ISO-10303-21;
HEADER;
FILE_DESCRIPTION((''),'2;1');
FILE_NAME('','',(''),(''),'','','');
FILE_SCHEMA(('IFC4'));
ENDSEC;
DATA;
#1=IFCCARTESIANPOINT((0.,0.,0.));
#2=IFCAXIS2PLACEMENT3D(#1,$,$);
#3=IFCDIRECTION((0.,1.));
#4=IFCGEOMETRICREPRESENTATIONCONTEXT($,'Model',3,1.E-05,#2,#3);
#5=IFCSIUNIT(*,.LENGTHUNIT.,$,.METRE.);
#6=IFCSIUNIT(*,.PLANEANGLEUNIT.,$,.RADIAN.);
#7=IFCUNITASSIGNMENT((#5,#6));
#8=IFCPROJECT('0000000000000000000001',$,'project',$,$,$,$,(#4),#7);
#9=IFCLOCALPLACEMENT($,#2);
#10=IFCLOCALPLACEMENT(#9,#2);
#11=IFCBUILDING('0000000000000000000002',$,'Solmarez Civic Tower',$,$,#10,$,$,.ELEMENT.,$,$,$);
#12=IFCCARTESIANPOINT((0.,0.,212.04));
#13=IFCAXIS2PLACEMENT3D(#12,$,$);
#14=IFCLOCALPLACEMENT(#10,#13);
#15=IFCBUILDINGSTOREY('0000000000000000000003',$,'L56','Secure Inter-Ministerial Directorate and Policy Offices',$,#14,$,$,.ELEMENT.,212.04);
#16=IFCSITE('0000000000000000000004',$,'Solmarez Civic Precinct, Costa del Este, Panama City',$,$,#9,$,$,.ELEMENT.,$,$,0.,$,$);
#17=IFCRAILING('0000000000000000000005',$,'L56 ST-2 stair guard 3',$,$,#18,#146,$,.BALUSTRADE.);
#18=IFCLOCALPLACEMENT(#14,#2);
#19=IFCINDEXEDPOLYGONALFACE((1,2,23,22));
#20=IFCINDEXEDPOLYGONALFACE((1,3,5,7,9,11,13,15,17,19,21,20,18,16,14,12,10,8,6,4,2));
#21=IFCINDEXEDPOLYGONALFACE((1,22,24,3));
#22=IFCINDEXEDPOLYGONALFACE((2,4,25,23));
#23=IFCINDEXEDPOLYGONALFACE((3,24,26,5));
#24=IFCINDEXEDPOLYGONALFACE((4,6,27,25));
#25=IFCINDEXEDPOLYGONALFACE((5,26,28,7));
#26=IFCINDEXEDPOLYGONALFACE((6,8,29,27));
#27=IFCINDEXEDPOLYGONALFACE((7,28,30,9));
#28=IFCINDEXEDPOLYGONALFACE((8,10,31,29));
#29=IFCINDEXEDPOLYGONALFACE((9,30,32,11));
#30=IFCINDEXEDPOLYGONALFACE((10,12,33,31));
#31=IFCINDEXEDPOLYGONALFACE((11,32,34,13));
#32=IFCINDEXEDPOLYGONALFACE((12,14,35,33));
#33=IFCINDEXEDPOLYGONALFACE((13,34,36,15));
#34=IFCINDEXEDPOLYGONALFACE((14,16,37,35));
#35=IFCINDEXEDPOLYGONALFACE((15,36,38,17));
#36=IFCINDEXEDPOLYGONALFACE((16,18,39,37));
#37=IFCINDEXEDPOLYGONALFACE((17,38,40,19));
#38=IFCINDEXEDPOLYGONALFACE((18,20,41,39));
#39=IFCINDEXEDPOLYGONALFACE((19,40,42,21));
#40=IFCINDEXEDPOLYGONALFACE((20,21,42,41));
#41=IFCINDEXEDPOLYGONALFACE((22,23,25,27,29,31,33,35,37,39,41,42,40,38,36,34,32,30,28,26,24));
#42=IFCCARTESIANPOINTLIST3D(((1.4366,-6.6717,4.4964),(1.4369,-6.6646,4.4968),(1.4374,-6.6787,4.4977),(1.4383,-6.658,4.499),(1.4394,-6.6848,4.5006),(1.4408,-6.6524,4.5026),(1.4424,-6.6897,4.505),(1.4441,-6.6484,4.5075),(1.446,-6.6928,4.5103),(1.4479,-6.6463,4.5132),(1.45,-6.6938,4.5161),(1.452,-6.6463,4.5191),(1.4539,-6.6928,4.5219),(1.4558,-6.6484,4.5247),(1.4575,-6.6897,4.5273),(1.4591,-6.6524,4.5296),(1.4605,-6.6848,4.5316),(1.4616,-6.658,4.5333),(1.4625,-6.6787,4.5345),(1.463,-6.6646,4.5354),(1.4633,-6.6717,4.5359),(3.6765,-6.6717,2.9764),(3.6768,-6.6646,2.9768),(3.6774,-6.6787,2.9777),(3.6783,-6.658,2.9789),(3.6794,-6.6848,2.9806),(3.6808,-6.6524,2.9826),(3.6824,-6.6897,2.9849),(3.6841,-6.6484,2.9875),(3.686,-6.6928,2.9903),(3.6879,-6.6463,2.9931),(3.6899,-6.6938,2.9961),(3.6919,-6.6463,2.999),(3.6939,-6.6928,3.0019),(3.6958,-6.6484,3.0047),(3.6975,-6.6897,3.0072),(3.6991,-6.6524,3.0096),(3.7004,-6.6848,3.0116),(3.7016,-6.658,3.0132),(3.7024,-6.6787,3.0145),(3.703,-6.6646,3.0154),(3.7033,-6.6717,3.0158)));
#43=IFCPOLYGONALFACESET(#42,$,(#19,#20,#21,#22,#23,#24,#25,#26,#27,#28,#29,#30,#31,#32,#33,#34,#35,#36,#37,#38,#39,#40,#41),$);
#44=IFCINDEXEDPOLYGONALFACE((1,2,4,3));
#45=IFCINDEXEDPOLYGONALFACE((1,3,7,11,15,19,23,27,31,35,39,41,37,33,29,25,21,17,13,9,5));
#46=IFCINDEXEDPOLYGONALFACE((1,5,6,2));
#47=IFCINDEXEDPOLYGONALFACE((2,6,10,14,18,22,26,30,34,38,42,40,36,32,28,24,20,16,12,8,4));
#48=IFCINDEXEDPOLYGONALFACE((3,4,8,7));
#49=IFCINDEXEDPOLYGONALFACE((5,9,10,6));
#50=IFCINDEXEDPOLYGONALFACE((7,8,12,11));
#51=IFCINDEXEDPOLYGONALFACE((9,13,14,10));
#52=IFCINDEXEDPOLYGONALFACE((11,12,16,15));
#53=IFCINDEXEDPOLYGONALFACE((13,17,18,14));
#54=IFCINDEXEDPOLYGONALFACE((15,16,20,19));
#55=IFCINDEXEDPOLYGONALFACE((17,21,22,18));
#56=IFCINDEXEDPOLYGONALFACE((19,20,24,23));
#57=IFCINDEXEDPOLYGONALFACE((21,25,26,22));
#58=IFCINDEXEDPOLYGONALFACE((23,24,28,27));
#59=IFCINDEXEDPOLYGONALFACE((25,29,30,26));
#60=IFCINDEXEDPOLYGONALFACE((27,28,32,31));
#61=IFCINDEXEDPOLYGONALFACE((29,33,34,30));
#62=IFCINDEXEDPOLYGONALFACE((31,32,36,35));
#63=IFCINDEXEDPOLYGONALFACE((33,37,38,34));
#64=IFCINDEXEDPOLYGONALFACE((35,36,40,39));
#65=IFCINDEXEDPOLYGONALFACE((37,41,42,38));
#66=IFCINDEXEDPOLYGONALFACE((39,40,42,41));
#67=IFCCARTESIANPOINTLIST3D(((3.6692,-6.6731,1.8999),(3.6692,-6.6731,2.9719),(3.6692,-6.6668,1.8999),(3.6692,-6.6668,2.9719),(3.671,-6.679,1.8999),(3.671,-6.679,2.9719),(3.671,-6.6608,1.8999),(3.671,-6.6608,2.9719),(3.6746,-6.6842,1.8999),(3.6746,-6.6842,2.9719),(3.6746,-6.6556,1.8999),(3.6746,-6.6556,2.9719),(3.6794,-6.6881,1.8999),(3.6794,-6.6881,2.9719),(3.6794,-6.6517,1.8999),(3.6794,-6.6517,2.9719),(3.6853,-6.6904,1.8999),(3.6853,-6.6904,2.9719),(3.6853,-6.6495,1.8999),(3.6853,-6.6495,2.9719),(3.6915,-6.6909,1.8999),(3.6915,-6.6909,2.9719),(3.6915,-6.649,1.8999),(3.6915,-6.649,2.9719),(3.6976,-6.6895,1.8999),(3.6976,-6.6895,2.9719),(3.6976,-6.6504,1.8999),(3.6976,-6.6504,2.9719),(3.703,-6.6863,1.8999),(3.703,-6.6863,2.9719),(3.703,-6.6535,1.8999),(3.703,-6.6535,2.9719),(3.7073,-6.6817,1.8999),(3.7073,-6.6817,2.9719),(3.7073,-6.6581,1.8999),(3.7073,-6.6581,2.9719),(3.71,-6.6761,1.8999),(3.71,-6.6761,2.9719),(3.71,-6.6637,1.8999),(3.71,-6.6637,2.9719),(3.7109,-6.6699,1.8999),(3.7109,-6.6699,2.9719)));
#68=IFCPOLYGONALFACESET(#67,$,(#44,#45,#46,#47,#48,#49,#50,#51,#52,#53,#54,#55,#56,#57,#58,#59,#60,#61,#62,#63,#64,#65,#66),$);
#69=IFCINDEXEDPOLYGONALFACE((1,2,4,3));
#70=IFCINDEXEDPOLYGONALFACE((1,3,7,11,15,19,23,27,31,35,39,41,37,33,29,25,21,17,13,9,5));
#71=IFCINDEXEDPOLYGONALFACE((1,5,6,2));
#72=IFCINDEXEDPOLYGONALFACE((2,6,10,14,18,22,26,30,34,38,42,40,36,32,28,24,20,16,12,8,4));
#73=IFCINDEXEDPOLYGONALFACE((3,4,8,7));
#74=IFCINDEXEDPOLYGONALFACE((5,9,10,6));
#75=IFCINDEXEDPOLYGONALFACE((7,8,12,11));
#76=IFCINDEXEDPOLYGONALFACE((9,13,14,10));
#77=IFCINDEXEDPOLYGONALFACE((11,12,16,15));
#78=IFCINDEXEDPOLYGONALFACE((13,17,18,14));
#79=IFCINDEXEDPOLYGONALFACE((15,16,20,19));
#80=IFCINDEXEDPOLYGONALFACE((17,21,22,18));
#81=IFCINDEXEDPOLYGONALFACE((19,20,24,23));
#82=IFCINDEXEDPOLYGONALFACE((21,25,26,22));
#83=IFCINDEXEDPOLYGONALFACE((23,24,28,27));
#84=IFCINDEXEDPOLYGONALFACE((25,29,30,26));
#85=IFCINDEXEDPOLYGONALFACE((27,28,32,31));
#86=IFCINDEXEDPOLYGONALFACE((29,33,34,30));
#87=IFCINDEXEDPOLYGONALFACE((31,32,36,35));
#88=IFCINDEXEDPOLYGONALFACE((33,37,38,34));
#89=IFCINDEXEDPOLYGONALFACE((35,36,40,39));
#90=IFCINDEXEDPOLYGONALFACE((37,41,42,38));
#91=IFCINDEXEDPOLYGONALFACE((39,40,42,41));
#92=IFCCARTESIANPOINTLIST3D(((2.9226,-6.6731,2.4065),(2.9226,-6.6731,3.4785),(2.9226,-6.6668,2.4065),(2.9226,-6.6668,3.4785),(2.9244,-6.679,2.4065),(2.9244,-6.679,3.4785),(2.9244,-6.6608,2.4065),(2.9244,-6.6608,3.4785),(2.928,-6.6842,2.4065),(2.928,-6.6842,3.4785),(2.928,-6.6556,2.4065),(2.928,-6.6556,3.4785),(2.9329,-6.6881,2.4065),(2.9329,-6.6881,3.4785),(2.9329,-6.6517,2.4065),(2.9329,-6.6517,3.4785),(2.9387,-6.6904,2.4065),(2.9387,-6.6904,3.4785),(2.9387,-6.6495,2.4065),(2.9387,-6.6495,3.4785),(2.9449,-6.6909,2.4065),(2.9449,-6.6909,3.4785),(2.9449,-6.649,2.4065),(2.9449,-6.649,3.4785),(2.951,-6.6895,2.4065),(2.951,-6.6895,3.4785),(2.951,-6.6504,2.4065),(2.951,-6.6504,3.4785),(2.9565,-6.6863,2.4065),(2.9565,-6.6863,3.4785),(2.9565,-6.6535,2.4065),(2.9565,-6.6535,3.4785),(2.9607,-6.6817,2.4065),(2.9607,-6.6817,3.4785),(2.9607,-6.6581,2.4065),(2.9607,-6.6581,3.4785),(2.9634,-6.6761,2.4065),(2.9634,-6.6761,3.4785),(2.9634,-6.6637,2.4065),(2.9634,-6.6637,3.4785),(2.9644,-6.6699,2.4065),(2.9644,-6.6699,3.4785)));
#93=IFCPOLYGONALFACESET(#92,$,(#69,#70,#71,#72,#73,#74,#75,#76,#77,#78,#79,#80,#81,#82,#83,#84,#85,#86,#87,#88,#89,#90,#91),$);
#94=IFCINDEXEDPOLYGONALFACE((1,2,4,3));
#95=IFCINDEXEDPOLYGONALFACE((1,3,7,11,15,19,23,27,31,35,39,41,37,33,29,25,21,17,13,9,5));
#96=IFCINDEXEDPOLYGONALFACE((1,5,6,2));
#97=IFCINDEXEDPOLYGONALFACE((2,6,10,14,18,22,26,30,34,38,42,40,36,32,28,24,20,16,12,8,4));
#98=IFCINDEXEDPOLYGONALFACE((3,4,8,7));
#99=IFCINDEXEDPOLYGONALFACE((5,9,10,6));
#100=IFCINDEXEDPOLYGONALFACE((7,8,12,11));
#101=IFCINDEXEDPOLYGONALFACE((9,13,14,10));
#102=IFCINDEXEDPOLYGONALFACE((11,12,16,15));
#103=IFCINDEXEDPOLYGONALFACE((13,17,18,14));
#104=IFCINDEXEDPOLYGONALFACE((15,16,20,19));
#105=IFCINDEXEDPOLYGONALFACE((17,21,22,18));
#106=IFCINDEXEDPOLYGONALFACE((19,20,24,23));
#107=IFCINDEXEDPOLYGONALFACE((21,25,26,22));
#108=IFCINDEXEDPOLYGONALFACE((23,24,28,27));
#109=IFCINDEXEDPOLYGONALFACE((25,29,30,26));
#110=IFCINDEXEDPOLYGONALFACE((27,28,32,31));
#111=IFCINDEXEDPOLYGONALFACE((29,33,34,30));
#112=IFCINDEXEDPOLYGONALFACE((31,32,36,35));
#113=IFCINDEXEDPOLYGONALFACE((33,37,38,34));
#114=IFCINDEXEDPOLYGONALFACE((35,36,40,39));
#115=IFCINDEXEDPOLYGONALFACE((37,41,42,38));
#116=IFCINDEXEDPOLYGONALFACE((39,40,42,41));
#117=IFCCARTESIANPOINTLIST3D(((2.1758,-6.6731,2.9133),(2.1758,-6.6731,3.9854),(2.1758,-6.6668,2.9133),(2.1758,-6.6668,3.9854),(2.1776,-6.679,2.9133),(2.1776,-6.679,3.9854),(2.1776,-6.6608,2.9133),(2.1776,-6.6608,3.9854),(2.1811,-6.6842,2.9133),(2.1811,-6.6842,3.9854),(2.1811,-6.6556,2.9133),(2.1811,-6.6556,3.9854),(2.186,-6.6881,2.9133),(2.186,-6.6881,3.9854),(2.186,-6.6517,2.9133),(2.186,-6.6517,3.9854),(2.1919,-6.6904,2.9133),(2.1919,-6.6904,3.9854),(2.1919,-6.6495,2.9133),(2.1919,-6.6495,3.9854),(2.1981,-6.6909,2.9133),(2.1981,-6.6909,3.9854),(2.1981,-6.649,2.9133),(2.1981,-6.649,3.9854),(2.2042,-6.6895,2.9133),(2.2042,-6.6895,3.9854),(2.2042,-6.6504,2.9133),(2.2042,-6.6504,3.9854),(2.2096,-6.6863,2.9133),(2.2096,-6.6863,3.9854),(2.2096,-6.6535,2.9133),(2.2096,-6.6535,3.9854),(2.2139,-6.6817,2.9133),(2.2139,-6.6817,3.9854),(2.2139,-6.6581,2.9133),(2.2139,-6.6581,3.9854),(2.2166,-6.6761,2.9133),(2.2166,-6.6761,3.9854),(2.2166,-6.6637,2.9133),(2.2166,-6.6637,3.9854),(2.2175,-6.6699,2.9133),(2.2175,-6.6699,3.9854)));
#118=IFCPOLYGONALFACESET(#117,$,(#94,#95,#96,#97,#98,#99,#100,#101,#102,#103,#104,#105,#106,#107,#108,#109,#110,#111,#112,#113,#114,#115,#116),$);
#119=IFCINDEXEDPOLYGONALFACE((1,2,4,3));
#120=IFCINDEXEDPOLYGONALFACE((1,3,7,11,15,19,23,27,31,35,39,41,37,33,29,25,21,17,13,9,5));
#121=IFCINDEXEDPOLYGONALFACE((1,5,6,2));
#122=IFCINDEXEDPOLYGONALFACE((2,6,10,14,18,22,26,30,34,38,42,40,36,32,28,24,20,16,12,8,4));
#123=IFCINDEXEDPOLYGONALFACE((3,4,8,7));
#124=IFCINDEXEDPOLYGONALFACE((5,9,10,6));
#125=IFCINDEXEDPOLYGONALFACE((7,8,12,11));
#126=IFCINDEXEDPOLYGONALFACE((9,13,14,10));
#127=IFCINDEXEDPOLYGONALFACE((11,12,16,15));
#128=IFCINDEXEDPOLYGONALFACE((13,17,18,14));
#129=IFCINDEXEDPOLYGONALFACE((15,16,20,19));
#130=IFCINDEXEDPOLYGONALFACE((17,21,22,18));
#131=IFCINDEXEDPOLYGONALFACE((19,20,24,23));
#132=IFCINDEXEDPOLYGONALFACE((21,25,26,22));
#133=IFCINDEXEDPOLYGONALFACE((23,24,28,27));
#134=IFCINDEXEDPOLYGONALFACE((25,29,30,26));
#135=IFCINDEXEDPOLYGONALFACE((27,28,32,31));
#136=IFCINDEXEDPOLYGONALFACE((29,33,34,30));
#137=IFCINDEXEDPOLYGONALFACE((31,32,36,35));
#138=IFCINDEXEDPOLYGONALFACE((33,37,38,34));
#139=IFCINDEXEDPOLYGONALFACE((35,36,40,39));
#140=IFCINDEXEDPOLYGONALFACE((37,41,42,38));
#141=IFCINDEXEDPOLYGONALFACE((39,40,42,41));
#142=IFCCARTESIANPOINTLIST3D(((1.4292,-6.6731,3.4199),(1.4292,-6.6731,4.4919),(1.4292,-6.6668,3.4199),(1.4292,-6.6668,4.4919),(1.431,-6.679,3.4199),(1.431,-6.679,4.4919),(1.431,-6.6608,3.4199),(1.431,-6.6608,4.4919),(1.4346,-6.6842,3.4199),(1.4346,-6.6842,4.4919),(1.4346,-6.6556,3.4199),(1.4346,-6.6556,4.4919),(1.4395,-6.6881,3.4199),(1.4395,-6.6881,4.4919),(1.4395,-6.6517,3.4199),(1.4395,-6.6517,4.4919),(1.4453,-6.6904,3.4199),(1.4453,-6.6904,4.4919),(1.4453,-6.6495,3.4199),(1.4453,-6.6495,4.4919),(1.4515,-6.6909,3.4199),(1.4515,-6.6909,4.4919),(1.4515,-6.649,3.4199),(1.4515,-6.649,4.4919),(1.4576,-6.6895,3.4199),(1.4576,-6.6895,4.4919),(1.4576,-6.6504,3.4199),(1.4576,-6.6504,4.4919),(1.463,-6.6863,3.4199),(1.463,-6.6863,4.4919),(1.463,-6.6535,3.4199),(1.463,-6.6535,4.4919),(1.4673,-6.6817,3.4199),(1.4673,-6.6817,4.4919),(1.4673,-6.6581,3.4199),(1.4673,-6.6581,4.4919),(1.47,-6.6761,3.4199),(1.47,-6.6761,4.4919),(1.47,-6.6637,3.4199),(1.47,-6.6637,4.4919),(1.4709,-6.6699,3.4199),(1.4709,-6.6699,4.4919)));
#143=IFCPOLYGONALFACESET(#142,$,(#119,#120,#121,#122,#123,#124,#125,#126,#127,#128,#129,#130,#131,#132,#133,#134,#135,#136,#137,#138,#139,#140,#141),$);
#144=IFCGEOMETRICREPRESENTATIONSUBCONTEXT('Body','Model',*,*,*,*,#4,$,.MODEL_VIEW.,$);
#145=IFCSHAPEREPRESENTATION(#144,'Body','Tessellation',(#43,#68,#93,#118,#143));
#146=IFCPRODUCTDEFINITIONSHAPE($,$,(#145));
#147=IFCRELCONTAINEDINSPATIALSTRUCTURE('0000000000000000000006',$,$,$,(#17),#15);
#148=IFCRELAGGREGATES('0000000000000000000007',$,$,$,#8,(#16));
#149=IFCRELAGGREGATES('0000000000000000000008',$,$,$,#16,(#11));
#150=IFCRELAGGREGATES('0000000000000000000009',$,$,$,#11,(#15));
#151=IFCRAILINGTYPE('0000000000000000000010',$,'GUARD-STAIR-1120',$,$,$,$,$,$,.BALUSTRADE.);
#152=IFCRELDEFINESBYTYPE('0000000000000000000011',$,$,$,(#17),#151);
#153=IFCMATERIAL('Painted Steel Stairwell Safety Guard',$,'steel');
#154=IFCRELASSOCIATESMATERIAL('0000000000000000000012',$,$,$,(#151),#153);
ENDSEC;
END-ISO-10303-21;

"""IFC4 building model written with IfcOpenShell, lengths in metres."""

from ifc_helpers import new_model, si_unit, direction, frame, origin, origin_2d, place, context, subcontext, project, spatial, circle, extrude, material, type_object, element, save


model = new_model("IFC4")

# Units and contexts
model_context = context("Model", 3, precision=1e-05, world=origin(), true_north=direction((0.0, 1.0)))
body_context = subcontext(model_context, "Body", "Model", "MODEL_VIEW")
ifc_project = project(units=[si_unit("LENGTHUNIT", "METRE"), si_unit("PLANEANGLEUNIT", "RADIAN")], contexts=[model_context])

# Site, building, storey
site_placement = place(None, origin())
site = spatial("IfcSite", under=ifc_project, at=site_placement, Name="Solmarez Civic Precinct, Costa del Este, Panama City", CompositionType="ELEMENT", RefElevation=0.0)
building_placement = place(site_placement, origin())
building = spatial("IfcBuilding", under=site, at=building_placement, Name="Solmarez Civic Tower", CompositionType="ELEMENT")
storey_placement = place(building_placement, frame((0.0, 0.0, 212.04)))
storey = spatial("IfcBuildingStorey", under=building, at=storey_placement, Name="L56", Description="Secure Inter-Ministerial Directorate and Policy Offices", CompositionType="ELEMENT", Elevation=212.04)

# Railing
ifc_material_1 = material(Name="Painted Steel Stairwell Safety Guard", Category="steel")
railing_type_1 = type_object("IfcRailingType", Name="GUARD-STAIR-1120", PredefinedType="BALUSTRADE", material=ifc_material_1)
railing_1_placement = place(storey_placement, frame((3.6899, -6.6699, 1.8999)))
element("IfcRailing", 1, at=railing_1_placement, inside=storey, type_object=railing_type_1, Name="L56 ST-2 stair guard 3", PredefinedType="BALUSTRADE", context=body_context, shape_type="SweptSolid", body=[
    extrude(circle(Radius=0.0239, at=origin_2d()), frame((0.0, 0.0, 1.0962), z_axis=(-0.827471, 0.0, 0.561508), x_axis=(0.0, -1.0, 0.0)), (0.0, 0.0, 1.0), 2.707),
    extrude(circle(Radius=0.021, at=origin_2d()), origin(), (0.0, 0.0, 1.0), 1.072),
    extrude(circle(Radius=0.021, at=origin_2d()), frame((-0.7466, 0.0, 0.5066)), (0.0, 0.0, 1.0), 1.072),
    extrude(circle(Radius=0.021, at=origin_2d()), frame((-1.4934, 0.0, 1.0134)), (0.0, 0.0, 1.0), 1.072),
    extrude(circle(Radius=0.021, at=origin_2d()), frame((-2.24, 0.0, 1.52)), (0.0, 0.0, 1.0), 1.072),
])

save(model, "model.ifc")
